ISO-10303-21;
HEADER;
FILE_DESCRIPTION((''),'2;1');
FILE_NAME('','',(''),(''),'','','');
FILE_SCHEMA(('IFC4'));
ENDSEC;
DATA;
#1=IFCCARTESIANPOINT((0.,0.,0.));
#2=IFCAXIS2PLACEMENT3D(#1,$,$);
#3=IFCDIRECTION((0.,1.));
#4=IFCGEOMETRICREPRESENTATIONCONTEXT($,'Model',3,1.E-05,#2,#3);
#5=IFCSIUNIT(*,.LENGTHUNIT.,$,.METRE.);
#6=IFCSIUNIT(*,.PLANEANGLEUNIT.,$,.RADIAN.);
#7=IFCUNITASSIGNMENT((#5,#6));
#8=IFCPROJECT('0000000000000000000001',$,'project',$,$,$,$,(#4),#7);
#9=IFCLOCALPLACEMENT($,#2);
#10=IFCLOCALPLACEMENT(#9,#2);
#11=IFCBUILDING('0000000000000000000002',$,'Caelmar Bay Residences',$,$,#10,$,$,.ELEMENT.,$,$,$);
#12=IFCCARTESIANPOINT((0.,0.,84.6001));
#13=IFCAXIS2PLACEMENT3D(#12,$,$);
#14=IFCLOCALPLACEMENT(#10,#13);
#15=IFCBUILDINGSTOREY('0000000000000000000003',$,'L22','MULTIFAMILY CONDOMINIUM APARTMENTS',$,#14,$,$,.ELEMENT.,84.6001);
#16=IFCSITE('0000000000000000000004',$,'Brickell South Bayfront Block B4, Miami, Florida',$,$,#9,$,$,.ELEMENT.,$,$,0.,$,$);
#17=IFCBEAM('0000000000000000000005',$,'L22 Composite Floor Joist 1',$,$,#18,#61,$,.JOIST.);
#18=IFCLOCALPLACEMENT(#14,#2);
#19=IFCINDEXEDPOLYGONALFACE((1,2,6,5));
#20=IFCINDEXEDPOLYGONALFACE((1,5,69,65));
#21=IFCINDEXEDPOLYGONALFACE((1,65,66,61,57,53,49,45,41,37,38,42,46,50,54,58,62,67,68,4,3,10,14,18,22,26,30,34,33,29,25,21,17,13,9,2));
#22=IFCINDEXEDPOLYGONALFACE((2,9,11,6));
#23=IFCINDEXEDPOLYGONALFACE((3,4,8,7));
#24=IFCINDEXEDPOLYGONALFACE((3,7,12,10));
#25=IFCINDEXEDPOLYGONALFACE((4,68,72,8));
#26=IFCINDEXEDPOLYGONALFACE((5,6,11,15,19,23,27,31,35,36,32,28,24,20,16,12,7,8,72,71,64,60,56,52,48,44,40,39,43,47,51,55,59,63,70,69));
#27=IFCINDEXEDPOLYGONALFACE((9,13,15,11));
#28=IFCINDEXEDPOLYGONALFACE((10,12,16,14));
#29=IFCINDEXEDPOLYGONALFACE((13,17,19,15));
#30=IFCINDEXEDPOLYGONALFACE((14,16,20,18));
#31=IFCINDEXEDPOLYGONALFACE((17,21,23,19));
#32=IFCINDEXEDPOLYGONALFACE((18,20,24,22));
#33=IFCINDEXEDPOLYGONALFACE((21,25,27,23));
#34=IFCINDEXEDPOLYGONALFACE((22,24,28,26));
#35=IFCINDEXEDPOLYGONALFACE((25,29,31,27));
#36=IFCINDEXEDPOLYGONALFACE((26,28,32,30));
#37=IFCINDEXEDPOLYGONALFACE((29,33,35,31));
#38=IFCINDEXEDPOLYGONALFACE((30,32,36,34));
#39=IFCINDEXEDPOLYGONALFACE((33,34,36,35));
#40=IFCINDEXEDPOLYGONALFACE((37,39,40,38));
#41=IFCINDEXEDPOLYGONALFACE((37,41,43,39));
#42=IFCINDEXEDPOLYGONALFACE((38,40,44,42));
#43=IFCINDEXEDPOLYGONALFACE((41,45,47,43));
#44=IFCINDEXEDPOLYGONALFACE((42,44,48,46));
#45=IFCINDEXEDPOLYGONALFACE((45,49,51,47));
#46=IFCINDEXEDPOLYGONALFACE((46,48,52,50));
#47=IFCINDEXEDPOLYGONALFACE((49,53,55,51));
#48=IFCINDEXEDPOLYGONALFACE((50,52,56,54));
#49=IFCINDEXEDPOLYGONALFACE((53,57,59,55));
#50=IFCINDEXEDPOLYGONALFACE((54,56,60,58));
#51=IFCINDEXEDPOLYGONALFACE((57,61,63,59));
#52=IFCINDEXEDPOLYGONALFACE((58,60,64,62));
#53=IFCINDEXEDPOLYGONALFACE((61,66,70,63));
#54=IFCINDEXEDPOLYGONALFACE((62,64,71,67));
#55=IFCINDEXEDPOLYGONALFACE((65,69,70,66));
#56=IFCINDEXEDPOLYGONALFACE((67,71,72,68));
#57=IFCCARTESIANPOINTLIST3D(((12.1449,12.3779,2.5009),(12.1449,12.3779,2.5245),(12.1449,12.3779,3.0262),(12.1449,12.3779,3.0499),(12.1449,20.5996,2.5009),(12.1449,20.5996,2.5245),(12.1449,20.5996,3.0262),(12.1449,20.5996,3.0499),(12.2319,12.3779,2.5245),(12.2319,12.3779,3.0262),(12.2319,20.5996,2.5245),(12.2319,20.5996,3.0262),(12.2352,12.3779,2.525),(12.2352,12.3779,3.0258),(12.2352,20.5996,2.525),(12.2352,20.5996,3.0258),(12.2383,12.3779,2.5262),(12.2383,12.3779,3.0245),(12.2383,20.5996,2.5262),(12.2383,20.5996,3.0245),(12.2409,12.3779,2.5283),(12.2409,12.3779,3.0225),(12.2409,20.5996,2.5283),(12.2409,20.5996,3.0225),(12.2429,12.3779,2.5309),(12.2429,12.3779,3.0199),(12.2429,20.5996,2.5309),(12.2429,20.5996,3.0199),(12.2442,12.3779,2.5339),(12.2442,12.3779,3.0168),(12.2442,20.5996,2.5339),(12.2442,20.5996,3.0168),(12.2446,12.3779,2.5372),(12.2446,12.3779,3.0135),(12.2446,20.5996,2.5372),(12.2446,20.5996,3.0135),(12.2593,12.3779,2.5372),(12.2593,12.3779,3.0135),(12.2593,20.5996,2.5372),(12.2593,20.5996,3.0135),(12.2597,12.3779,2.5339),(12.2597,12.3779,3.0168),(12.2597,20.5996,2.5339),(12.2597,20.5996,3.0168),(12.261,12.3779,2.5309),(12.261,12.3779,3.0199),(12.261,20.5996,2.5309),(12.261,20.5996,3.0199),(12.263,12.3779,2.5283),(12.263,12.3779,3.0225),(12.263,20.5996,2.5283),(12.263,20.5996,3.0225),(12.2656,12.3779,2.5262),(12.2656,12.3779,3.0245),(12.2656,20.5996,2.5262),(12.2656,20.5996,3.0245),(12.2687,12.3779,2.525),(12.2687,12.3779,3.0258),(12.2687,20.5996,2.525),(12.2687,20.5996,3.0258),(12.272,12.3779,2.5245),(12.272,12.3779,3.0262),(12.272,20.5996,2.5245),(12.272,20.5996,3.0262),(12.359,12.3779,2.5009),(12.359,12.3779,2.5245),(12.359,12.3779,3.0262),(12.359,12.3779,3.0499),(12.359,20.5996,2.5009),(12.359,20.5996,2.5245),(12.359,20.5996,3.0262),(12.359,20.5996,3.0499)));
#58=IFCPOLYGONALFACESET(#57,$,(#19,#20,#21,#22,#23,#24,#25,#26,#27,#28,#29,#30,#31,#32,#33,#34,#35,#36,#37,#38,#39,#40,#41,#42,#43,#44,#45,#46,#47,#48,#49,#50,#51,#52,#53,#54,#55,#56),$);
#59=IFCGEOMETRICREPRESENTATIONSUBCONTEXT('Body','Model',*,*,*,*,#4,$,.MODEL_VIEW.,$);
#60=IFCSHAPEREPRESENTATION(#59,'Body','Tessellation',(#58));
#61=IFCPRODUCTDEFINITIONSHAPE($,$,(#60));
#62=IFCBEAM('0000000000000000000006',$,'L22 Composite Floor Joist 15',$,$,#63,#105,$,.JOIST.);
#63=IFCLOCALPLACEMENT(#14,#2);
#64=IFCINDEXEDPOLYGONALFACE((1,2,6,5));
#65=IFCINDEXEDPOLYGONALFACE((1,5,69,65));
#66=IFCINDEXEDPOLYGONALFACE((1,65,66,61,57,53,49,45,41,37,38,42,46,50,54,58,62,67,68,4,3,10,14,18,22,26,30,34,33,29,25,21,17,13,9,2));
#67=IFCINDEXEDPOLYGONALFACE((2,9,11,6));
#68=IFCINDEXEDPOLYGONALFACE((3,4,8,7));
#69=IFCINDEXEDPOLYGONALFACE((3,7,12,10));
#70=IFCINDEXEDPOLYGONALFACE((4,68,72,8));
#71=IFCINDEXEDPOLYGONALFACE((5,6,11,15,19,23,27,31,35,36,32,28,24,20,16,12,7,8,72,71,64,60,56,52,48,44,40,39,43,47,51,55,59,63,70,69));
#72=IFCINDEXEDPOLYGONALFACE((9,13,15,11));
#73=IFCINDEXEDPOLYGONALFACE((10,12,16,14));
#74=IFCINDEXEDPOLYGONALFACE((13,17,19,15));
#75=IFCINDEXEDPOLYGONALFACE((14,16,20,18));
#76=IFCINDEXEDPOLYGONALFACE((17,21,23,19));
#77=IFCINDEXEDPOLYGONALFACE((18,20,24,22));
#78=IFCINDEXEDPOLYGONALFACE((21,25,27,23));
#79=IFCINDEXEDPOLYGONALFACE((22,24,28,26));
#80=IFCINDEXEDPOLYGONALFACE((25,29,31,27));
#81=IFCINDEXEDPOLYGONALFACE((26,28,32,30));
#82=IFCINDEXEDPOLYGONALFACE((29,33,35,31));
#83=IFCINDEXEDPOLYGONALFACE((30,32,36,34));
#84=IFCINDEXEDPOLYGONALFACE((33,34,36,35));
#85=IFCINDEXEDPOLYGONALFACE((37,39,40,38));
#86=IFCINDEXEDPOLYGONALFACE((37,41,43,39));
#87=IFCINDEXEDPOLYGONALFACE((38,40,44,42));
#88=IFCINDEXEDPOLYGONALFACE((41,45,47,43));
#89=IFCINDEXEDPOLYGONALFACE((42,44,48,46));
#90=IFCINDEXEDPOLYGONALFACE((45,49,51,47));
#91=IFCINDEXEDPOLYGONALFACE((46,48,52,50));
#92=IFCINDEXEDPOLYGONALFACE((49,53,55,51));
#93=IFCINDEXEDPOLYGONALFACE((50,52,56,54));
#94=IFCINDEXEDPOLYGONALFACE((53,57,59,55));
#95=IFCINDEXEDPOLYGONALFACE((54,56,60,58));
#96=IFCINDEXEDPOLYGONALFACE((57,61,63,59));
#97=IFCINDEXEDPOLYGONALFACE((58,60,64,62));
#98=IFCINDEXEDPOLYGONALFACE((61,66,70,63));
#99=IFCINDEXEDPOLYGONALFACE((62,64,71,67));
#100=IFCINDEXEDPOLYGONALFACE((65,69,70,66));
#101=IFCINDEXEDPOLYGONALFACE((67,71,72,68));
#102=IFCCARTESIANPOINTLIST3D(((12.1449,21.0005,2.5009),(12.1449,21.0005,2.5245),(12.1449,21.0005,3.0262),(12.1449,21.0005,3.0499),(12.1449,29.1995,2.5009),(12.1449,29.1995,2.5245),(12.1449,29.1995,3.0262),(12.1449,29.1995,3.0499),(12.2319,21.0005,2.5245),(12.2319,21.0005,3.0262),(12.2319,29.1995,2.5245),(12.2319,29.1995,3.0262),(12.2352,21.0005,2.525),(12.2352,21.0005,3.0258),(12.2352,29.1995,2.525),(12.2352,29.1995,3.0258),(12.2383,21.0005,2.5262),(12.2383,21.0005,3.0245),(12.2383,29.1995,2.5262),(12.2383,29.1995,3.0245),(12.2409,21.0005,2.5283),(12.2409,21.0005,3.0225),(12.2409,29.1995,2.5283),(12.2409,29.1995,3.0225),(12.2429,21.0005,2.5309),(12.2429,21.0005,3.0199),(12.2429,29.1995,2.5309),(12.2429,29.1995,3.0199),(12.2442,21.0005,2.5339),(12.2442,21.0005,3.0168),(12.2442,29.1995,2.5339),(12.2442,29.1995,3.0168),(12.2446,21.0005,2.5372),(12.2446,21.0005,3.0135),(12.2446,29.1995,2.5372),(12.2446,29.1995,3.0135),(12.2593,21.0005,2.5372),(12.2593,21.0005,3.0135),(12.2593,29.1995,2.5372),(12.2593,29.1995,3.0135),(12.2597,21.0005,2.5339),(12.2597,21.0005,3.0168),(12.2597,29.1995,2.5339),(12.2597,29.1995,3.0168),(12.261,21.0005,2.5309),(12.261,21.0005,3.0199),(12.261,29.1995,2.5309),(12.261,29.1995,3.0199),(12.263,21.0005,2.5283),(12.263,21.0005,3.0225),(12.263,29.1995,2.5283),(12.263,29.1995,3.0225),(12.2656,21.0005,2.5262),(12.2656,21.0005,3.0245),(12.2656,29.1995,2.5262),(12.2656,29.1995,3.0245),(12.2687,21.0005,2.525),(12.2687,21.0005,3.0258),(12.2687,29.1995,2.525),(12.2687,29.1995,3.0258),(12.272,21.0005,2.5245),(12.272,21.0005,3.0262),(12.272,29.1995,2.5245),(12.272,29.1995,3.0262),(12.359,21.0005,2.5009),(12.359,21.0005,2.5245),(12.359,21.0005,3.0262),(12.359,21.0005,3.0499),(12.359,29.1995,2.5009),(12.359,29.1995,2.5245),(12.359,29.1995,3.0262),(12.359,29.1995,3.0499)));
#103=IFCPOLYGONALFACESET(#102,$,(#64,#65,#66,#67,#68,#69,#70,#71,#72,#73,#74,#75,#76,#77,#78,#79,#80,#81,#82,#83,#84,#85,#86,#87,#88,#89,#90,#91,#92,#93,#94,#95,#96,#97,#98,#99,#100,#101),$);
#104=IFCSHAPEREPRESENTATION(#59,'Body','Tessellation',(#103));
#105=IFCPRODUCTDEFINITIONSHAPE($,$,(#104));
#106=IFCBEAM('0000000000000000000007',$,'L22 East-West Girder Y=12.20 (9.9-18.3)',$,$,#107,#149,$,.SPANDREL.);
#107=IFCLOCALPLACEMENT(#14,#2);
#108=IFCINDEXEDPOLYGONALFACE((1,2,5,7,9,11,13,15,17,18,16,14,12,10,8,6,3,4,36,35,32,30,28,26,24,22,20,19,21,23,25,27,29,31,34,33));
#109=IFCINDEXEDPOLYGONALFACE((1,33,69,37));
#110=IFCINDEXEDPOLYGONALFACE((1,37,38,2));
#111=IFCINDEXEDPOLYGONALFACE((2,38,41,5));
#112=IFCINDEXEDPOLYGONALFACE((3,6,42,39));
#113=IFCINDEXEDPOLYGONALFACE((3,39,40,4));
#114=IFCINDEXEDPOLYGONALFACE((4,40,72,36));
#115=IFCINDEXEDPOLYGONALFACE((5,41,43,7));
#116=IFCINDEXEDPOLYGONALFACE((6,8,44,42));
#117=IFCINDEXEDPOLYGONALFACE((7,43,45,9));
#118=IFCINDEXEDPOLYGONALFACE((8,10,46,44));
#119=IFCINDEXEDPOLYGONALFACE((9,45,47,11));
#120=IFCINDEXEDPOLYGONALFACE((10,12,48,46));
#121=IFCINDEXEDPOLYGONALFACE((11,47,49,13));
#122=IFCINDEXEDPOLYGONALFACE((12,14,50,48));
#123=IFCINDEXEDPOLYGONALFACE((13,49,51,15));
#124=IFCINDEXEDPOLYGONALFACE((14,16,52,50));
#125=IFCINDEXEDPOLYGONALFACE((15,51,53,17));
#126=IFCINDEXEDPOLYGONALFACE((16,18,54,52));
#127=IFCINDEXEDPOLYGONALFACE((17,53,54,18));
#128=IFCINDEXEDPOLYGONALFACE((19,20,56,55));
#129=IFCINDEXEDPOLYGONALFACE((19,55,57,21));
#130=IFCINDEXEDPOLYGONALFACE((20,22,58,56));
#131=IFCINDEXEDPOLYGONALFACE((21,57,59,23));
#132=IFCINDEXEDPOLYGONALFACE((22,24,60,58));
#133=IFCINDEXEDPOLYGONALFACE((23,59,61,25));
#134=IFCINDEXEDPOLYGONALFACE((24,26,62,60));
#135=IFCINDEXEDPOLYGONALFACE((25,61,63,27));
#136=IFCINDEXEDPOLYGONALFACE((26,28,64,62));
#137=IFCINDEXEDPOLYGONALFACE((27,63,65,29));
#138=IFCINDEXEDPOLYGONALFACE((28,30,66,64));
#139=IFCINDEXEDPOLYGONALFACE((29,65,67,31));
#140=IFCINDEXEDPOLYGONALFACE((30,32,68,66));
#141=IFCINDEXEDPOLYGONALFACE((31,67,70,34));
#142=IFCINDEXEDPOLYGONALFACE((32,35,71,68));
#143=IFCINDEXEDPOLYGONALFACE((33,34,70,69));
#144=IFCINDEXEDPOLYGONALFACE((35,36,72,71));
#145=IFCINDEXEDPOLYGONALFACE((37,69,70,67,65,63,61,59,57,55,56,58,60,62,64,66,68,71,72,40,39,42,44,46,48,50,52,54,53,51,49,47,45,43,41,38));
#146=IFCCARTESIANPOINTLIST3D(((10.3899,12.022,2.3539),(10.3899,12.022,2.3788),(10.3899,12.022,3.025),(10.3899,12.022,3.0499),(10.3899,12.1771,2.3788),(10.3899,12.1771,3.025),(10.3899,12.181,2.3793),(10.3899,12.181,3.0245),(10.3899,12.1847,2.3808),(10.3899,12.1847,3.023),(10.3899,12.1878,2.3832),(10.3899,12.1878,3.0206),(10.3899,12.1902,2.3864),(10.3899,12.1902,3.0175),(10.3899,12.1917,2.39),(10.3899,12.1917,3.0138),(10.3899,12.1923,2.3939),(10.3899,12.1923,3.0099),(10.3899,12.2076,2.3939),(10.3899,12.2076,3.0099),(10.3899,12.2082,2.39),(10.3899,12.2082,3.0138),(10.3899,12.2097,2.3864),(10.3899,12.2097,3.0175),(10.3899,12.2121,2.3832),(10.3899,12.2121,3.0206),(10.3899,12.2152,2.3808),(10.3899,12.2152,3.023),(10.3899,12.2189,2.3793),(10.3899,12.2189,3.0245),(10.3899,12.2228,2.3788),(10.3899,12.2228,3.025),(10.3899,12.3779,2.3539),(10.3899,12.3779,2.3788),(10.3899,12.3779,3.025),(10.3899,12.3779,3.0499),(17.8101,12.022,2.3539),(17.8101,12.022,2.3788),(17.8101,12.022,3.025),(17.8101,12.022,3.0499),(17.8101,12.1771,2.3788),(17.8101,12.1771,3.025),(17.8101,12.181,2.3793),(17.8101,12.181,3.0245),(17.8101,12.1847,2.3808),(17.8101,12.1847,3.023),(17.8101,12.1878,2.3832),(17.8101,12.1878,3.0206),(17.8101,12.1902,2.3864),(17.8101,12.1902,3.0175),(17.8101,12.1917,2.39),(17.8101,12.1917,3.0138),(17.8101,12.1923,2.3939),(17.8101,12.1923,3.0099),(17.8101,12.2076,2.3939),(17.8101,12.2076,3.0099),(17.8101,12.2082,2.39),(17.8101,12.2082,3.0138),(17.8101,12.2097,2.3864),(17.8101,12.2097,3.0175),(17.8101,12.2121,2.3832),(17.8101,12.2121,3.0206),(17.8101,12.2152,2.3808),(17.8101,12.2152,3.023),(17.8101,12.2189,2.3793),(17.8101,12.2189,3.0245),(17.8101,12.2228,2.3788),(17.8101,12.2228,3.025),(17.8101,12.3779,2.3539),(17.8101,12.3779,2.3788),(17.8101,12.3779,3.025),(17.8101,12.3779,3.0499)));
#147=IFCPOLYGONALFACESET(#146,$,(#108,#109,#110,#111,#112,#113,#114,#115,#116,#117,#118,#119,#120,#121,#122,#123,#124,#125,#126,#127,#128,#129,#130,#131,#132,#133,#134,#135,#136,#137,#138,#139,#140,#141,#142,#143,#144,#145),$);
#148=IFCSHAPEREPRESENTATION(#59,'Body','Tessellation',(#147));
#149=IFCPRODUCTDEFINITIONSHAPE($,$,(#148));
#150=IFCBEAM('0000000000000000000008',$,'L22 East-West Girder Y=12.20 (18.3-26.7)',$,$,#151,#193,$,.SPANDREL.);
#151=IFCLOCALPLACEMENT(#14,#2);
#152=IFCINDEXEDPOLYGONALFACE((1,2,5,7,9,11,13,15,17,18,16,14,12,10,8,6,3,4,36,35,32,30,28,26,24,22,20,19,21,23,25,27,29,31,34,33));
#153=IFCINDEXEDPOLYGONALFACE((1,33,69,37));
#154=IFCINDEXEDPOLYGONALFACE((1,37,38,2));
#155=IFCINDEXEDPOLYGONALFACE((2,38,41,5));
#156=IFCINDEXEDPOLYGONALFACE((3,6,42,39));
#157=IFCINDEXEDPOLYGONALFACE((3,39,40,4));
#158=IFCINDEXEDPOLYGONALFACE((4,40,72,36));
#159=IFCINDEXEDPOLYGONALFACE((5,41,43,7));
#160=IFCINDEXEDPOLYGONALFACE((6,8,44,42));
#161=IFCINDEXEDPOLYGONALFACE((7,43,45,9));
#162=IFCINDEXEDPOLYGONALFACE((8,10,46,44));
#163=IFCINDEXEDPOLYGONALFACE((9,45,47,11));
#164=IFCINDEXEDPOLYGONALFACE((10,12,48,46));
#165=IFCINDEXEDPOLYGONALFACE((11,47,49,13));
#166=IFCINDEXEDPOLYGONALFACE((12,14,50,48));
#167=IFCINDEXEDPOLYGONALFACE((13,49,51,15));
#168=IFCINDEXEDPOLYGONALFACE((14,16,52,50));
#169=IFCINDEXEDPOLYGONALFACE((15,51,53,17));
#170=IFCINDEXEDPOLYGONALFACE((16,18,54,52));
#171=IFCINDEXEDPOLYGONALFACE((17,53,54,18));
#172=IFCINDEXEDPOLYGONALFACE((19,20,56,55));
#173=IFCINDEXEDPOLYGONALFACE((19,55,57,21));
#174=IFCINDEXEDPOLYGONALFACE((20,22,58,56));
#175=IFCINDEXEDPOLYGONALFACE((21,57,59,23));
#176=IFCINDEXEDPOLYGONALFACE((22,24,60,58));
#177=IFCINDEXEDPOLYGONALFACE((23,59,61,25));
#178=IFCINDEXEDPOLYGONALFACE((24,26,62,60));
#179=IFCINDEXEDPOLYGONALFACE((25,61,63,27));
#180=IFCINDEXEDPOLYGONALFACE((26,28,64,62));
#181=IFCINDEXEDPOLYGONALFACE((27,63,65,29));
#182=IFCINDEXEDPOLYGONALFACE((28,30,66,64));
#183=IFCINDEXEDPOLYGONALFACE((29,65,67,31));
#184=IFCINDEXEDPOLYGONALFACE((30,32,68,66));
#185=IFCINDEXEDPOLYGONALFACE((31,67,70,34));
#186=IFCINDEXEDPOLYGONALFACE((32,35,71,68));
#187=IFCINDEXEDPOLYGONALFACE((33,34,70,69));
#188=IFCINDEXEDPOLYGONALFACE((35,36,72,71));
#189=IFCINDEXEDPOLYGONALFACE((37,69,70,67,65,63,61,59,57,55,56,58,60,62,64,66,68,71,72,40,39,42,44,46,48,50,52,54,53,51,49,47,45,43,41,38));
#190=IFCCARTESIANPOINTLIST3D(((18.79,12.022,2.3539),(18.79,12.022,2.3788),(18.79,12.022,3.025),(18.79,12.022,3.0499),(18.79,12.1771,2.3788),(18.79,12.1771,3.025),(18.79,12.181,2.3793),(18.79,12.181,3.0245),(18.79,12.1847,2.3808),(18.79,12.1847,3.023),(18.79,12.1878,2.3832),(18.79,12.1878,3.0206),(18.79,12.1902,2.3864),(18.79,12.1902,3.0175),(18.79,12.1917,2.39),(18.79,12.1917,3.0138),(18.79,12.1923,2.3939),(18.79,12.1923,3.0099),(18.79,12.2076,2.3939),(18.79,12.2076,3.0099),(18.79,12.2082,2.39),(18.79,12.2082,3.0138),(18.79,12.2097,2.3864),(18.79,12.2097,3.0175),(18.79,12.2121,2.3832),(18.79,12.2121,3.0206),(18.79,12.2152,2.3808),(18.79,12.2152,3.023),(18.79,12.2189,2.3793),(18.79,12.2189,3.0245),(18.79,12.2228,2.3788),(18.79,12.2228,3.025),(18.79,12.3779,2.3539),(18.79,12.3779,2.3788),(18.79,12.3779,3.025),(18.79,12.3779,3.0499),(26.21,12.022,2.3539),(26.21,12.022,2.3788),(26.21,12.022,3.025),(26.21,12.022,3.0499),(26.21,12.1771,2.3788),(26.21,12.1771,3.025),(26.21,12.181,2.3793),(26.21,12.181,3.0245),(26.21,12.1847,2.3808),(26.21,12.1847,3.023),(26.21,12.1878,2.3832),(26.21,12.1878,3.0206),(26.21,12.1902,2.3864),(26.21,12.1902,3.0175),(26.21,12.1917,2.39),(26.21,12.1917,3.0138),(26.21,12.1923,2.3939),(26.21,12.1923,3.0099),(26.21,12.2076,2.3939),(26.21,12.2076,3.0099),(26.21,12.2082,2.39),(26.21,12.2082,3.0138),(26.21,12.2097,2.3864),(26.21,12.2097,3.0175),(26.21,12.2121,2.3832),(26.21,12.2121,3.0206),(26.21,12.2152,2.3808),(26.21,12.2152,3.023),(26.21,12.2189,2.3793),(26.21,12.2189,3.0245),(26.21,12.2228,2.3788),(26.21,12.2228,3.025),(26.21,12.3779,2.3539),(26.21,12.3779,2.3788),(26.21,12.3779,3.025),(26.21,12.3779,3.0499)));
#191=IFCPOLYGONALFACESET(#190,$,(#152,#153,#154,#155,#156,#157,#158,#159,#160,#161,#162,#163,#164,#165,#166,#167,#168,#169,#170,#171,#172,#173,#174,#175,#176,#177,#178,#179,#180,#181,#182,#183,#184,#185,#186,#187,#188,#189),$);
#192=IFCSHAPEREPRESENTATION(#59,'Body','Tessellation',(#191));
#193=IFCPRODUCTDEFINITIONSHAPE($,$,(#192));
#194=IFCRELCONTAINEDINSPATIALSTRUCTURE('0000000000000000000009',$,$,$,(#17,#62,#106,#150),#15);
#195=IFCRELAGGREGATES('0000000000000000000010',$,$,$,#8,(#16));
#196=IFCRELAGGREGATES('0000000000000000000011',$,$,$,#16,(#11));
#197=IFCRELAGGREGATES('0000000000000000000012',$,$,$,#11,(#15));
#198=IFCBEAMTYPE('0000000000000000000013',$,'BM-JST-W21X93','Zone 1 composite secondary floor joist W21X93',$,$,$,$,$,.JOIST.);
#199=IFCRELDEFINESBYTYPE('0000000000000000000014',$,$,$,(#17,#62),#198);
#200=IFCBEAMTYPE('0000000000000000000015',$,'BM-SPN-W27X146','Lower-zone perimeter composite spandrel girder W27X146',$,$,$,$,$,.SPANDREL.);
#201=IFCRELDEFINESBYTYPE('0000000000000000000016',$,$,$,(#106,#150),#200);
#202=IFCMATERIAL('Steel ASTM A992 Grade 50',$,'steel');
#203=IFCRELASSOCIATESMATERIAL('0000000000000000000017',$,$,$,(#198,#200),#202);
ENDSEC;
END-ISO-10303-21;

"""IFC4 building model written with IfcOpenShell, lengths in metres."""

from ifc_helpers import new_model, si_unit, direction, frame, origin, origin_2d, place, context, subcontext, project, spatial, i_section, extrude, material, material_profile, profile_set, type_object, element, save


model = new_model("IFC4")

# Units and contexts
model_context = context("Model", 3, precision=1e-05, world=origin(), true_north=direction((0.0, 1.0)))
body_context = subcontext(model_context, "Body", "Model", "MODEL_VIEW")
ifc_project = project(units=[si_unit("LENGTHUNIT", "METRE"), si_unit("PLANEANGLEUNIT", "RADIAN")], contexts=[model_context])

# Site, building, storey
site_placement = place(None, origin())
site = spatial("IfcSite", under=ifc_project, at=site_placement, Name="Brickell South Bayfront Block B4, Miami, Florida", CompositionType="ELEMENT", RefElevation=0.0)
building_placement = place(site_placement, origin())
building = spatial("IfcBuilding", under=site, at=building_placement, Name="Caelmar Bay Residences", CompositionType="ELEMENT")
storey_placement = place(building_placement, frame((0.0, 0.0, 84.6001)))
storey = spatial("IfcBuildingStorey", under=building, at=storey_placement, Name="L22", Description="MULTIFAMILY CONDOMINIUM APARTMENTS", CompositionType="ELEMENT", Elevation=84.6001)

# Beams
ifc_material_1 = material(Name="Steel ASTM A992 Grade 50", Category="steel")
ifc_material_profile_1 = material_profile(ifc_material_1, i_section(OverallWidth=0.2141, OverallDepth=0.5491, WebThickness=0.0146, FlangeThickness=0.0237, FilletRadius=0.0127, at=origin_2d()), Name="W21X93")
ifc_profile_set_1 = profile_set([ifc_material_profile_1], Name="Steel ASTM A992 Grade 50")
beam_type_1 = type_object("IfcBeamType", Name="BM-JST-W21X93", Description="Zone 1 composite secondary floor joist W21X93", PredefinedType="JOIST", material=ifc_profile_set_1)
beam_1_placement = place(storey_placement, frame((12.252, 12.3779, 2.7754), z_axis=(0.0, 1.0, 0.0), x_axis=(-1.0, 0.0, 0.0)))
element("IfcBeam", 1, at=beam_1_placement, inside=storey, type_object=beam_type_1, Name="L22 Composite Floor Joist 1", PredefinedType="JOIST", context=body_context, shape_type="SweptSolid", body=[
    extrude(i_section(OverallWidth=0.2141, OverallDepth=0.5491, WebThickness=0.0146, FlangeThickness=0.0237, FilletRadius=0.0127, at=origin_2d()), origin(), (0.0, 0.0, 1.0), 8.2217),
])
beam_2_placement = place(storey_placement, frame((12.252, 21.0005, 2.7754), z_axis=(0.0, 1.0, 0.0), x_axis=(-1.0, 0.0, 0.0)))
element("IfcBeam", 2, at=beam_2_placement, inside=storey, type_object=beam_type_1, Name="L22 Composite Floor Joist 15", PredefinedType="JOIST", context=body_context, shape_type="SweptSolid", body=[
    extrude(i_section(OverallWidth=0.2141, OverallDepth=0.5491, WebThickness=0.0146, FlangeThickness=0.0237, FilletRadius=0.0127, at=origin_2d()), origin(), (0.0, 0.0, 1.0), 8.199),
])
ifc_material_profile_2 = material_profile(ifc_material_1, i_section(OverallWidth=0.356, OverallDepth=0.696, WebThickness=0.0154, FlangeThickness=0.0249, FilletRadius=0.0151, at=origin_2d()), Name="W27X146")
ifc_profile_set_2 = profile_set([ifc_material_profile_2], Name="Steel ASTM A992 Grade 50")
beam_type_2 = type_object("IfcBeamType", Name="BM-SPN-W27X146", Description="Lower-zone perimeter composite spandrel girder W27X146", PredefinedType="SPANDREL", material=ifc_profile_set_2)
beam_3_placement = place(storey_placement, frame((10.3899, 12.2, 2.7019), z_axis=(1.0, 0.0, 0.0), x_axis=(0.0, 1.0, 0.0)))
element("IfcBeam", 3, at=beam_3_placement, inside=storey, type_object=beam_type_2, Name="L22 East-West Girder Y=12.20 (9.9-18.3)", PredefinedType="SPANDREL", context=body_context, shape_type="SweptSolid", body=[
    extrude(i_section(OverallWidth=0.356, OverallDepth=0.696, WebThickness=0.0154, FlangeThickness=0.0249, FilletRadius=0.0151, at=origin_2d()), origin(), (0.0, 0.0, 1.0), 7.4202),
])
beam_4_placement = place(storey_placement, frame((18.79, 12.2, 2.7019), z_axis=(1.0, 0.0, 0.0), x_axis=(0.0, 1.0, 0.0)))
element("IfcBeam", 4, at=beam_4_placement, inside=storey, type_object=beam_type_2, Name="L22 East-West Girder Y=12.20 (18.3-26.7)", PredefinedType="SPANDREL", context=body_context, shape_type="SweptSolid", body=[
    extrude(i_section(OverallWidth=0.356, OverallDepth=0.696, WebThickness=0.0154, FlangeThickness=0.0249, FilletRadius=0.0151, at=origin_2d()), origin(), (0.0, 0.0, 1.0), 7.4199),
])

save(model, "model.ifc")
